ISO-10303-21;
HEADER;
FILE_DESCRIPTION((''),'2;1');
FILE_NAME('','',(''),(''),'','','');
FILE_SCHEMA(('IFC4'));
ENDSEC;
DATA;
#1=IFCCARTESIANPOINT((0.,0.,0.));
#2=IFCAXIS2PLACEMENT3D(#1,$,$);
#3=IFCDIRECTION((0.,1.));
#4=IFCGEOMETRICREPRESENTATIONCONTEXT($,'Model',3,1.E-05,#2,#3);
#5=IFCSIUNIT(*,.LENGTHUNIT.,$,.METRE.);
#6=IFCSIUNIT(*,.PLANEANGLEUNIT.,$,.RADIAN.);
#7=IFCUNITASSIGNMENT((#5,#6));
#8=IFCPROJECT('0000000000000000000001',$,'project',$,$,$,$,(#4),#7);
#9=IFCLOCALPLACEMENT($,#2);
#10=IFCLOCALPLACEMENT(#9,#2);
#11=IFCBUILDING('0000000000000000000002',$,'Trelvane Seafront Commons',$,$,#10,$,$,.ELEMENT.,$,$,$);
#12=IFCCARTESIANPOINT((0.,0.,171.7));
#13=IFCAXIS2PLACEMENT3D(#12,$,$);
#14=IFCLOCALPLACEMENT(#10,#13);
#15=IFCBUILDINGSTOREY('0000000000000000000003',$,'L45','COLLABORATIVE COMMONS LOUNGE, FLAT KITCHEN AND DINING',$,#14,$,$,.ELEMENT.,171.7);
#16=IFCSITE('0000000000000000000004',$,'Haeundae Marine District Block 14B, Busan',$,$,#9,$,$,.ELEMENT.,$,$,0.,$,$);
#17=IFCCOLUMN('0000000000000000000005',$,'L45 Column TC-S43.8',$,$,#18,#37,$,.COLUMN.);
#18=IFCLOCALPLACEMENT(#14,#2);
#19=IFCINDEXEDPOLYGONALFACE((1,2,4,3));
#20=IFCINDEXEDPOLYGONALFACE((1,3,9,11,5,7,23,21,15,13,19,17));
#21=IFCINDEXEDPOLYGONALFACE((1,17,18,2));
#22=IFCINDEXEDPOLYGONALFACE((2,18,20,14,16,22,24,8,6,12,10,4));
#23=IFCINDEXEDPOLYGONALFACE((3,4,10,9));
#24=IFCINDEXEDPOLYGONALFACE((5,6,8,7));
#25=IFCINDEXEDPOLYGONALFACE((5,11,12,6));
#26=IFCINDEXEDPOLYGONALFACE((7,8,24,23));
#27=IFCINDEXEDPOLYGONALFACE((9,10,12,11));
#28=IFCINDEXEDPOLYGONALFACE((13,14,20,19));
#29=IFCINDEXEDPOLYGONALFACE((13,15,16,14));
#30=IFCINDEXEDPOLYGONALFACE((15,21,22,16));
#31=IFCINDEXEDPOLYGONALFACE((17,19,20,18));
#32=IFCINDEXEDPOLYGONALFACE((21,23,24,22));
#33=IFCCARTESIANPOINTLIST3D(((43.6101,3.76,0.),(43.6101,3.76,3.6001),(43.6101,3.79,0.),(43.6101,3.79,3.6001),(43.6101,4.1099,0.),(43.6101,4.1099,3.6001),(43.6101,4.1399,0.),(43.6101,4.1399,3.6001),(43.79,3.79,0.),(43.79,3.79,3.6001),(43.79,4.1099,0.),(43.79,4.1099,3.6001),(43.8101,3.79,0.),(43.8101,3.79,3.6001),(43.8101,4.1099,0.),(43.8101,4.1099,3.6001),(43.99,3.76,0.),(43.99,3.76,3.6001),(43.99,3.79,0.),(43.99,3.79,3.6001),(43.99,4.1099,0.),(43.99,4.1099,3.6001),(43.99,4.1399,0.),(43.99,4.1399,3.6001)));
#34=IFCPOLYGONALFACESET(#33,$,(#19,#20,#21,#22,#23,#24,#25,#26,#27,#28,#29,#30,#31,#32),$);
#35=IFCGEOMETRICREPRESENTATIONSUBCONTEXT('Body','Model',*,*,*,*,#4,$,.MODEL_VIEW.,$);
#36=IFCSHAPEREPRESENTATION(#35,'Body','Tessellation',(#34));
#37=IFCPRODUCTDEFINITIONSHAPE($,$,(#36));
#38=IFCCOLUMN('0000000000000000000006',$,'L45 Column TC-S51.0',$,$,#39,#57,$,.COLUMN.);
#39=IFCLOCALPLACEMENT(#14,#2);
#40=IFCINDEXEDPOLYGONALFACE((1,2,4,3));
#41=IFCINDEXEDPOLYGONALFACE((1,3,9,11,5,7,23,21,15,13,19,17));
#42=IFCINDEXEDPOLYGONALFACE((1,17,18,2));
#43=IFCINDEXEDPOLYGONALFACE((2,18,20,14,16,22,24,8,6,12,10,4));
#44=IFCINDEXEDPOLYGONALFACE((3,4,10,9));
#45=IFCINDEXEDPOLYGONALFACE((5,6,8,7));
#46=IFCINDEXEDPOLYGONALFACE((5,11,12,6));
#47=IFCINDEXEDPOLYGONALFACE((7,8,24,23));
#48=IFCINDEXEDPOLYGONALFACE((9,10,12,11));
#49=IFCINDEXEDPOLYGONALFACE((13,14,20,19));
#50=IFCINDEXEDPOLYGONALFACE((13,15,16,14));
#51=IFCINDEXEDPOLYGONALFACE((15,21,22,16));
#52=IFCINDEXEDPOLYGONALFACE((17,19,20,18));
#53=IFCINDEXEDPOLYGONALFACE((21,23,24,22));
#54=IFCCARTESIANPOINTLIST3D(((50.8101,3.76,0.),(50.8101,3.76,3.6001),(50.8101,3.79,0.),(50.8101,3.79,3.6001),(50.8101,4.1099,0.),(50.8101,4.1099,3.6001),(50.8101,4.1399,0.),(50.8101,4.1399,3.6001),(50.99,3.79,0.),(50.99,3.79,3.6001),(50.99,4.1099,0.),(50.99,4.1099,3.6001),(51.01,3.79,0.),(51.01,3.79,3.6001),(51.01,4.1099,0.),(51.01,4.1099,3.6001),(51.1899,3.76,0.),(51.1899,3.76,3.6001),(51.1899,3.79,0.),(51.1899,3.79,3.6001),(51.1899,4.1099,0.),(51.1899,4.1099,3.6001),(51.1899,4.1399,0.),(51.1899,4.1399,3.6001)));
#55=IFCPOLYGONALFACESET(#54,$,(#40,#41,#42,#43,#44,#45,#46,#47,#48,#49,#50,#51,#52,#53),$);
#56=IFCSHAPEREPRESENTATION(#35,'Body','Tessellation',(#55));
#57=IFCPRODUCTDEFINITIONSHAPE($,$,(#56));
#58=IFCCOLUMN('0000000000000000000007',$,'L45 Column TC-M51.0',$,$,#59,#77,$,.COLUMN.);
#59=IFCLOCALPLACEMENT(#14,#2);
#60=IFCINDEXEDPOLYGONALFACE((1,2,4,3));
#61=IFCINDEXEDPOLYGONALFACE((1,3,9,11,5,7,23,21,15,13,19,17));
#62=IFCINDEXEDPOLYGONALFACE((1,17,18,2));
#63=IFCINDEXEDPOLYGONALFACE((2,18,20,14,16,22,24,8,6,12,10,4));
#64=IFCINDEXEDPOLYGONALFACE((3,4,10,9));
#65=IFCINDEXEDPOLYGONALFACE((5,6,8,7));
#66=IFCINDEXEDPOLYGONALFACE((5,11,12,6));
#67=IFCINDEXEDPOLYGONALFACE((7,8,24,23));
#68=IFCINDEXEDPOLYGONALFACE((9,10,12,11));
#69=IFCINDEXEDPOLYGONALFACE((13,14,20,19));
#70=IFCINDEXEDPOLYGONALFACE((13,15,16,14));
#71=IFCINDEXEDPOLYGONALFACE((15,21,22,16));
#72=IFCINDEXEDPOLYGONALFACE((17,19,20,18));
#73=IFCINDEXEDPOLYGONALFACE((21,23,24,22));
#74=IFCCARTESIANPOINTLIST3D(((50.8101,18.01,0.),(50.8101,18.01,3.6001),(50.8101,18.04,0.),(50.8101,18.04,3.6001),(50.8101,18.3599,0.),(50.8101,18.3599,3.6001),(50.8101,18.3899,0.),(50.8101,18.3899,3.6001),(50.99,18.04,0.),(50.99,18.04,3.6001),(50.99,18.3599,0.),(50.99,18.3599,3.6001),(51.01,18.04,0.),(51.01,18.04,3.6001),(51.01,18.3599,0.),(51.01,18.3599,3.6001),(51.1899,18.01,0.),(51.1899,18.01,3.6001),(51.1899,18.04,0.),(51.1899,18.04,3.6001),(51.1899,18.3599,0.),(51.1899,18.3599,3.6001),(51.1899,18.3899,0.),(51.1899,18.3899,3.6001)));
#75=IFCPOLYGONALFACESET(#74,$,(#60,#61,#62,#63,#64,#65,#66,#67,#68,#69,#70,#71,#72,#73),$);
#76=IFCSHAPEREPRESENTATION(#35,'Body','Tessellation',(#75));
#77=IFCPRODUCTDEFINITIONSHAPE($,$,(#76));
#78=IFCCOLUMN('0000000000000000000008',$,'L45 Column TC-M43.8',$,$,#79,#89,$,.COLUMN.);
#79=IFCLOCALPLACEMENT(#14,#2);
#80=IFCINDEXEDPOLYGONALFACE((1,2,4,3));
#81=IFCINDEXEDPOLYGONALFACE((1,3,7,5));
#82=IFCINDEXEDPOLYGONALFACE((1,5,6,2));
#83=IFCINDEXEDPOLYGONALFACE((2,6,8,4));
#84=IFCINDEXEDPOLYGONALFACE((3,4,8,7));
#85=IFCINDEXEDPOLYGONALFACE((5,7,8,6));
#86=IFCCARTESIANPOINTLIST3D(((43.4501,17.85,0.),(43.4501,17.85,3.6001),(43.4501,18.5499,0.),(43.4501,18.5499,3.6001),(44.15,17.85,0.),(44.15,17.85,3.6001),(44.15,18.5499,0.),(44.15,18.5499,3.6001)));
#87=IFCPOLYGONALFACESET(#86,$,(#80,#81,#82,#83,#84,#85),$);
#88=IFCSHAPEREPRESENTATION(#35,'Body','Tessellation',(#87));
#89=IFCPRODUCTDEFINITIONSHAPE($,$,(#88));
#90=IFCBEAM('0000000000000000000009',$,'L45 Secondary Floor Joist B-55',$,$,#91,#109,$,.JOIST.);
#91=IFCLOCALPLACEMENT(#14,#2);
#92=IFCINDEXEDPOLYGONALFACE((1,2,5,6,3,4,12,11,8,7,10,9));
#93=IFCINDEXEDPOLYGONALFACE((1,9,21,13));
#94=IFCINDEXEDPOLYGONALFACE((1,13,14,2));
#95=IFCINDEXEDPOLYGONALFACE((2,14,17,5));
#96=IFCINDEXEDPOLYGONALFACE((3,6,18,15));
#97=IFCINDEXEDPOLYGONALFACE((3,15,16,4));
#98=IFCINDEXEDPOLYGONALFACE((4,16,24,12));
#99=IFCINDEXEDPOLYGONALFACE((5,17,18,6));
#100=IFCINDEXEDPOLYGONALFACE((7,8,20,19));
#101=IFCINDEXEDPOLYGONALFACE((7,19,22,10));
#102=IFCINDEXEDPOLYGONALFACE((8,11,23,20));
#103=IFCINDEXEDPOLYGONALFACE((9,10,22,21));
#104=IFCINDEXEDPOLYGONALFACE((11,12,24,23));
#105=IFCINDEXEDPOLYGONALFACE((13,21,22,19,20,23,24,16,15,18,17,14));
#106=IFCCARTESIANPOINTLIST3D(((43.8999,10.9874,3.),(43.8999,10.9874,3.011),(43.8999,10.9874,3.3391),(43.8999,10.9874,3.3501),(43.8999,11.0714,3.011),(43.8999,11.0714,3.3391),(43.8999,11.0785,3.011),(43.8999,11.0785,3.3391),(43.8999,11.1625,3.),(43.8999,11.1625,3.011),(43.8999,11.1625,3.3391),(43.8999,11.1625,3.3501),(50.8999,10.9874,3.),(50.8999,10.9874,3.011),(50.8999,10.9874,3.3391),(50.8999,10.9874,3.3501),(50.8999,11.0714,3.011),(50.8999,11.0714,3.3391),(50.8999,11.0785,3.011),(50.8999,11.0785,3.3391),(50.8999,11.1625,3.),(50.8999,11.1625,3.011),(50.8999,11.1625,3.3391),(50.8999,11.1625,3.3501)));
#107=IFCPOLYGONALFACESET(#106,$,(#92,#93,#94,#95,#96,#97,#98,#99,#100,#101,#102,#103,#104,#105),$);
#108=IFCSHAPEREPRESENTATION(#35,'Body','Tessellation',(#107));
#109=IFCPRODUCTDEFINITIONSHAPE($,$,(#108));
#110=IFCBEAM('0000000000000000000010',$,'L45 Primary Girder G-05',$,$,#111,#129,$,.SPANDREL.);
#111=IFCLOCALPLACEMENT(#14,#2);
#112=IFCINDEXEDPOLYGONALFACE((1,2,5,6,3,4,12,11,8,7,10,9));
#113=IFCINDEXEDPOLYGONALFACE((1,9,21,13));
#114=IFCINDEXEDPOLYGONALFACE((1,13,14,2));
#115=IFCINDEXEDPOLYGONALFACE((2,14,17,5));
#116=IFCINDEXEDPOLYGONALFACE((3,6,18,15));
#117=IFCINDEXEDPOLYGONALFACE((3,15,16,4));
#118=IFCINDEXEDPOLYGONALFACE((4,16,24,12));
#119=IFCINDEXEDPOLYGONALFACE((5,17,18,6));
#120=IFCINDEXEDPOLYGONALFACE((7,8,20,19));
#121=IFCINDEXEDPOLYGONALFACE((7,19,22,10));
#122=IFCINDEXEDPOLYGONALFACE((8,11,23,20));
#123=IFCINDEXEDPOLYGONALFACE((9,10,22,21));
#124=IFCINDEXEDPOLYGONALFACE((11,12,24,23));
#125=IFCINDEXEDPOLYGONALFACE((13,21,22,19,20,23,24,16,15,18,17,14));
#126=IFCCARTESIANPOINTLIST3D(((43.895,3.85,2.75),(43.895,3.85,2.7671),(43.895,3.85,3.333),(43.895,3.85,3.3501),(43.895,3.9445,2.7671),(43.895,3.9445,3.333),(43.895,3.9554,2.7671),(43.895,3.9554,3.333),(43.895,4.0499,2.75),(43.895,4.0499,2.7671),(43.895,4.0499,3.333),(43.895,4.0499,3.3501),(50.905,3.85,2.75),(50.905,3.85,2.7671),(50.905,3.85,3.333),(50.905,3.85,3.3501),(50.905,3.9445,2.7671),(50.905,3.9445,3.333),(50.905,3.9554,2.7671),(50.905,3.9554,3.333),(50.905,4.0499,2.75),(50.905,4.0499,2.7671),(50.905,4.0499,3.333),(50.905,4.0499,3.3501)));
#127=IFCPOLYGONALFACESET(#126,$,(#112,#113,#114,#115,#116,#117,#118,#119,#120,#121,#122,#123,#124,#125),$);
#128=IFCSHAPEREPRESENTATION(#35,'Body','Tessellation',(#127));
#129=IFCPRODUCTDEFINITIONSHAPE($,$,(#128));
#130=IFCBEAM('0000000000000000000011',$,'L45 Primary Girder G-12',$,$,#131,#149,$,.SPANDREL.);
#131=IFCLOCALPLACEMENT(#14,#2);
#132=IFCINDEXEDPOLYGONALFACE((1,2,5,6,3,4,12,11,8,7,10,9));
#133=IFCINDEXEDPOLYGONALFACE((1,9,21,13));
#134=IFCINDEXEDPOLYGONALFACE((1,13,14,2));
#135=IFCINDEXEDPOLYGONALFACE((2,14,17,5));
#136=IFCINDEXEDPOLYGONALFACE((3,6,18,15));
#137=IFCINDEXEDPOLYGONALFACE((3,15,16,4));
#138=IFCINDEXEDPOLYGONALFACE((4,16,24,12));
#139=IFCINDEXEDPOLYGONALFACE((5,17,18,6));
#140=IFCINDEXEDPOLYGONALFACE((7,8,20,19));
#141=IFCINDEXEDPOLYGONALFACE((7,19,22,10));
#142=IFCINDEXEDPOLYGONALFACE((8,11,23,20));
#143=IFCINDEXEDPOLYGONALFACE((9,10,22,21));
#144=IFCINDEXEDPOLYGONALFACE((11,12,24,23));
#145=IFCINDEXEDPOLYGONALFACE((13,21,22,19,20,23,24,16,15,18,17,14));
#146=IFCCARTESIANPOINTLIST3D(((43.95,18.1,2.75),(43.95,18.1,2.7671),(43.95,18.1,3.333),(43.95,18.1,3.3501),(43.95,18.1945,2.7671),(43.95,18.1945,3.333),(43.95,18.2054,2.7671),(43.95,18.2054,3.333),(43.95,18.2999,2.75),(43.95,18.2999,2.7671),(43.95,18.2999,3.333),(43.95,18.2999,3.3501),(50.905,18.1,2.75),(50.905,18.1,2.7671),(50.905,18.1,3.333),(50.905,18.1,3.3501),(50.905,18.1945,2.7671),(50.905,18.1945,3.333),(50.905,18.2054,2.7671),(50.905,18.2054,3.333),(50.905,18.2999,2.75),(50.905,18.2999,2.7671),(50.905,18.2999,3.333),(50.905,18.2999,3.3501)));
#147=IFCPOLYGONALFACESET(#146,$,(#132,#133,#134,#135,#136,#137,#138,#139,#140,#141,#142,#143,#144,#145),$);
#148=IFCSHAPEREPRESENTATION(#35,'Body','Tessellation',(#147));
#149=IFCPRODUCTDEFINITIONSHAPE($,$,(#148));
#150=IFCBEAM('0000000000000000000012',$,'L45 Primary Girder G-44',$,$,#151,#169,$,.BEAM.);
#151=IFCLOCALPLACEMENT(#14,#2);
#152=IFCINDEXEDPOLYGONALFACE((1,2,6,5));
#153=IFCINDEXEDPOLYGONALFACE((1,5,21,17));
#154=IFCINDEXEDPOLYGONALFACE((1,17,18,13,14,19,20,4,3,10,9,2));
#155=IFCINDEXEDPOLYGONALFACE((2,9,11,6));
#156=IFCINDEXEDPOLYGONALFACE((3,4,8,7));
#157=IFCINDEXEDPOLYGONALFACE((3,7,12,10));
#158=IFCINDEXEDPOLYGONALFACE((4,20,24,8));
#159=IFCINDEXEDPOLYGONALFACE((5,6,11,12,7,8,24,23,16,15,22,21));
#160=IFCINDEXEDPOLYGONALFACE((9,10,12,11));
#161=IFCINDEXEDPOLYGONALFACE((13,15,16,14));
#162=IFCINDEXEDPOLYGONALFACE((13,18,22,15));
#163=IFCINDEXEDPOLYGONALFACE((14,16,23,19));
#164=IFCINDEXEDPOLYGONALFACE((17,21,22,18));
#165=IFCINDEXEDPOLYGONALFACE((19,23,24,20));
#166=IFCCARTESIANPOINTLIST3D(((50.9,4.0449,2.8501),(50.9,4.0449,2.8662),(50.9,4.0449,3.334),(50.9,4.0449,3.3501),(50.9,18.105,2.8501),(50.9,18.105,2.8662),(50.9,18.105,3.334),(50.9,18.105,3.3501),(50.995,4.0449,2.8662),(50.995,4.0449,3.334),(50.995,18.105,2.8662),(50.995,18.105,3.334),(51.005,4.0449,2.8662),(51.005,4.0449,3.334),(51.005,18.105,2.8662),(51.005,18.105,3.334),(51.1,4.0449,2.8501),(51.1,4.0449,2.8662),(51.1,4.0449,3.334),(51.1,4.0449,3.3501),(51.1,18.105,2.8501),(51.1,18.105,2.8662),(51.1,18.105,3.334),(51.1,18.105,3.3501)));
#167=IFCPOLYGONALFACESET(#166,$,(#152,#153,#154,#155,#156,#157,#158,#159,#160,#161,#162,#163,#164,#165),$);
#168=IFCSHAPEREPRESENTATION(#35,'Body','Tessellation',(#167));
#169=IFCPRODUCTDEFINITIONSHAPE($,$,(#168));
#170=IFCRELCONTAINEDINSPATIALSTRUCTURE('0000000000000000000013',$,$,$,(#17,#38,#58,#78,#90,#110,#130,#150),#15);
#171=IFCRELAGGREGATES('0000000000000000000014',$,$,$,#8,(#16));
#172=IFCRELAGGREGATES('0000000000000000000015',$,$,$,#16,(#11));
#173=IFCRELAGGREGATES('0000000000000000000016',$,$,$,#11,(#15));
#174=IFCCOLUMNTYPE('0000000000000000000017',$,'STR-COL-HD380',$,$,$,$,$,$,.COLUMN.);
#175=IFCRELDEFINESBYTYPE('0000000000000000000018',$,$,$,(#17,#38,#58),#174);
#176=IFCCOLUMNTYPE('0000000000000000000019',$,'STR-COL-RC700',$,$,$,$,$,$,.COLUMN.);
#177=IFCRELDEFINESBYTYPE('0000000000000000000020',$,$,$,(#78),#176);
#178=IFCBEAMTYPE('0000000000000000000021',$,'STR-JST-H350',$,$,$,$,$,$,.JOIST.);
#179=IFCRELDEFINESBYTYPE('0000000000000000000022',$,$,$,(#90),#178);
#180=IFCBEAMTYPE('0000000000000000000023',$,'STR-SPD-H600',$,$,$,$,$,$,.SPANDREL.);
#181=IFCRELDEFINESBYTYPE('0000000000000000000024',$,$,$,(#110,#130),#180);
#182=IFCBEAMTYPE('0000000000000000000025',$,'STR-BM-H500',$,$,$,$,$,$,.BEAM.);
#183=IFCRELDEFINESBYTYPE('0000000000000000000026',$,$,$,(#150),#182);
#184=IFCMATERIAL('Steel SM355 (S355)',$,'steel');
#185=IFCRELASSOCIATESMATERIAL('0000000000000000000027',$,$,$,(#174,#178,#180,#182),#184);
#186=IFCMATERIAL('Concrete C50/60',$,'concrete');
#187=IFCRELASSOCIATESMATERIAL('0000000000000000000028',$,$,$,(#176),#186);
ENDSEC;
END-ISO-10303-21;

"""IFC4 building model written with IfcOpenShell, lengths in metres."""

from ifc_helpers import new_model, si_unit, direction, frame, origin, origin_2d, place, context, subcontext, project, spatial, rectangle, i_section, extrude, source, transform, mapped, material, material_profile, profile_set, type_object, element, save


model = new_model("IFC4")

# Units and contexts
model_context = context("Model", 3, precision=1e-05, world=origin(), true_north=direction((0.0, 1.0)))
body_context = subcontext(model_context, "Body", "Model", "MODEL_VIEW")
ifc_project = project(units=[si_unit("LENGTHUNIT", "METRE"), si_unit("PLANEANGLEUNIT", "RADIAN")], contexts=[model_context])

# Site, building, storey
site_placement = place(None, origin())
site = spatial("IfcSite", under=ifc_project, at=site_placement, Name="Haeundae Marine District Block 14B, Busan", CompositionType="ELEMENT", RefElevation=0.0)
building_placement = place(site_placement, origin())
building = spatial("IfcBuilding", under=site, at=building_placement, Name="Trelvane Seafront Commons", CompositionType="ELEMENT")
storey_placement = place(building_placement, frame((0.0, 0.0, 171.7)))
storey = spatial("IfcBuildingStorey", under=building, at=storey_placement, Name="L45", Description="COLLABORATIVE COMMONS LOUNGE, FLAT KITCHEN AND DINING", CompositionType="ELEMENT", Elevation=171.7)

# Columns
ifc_material_1 = material(Name="Steel SM355 (S355)", Category="steel")
ifc_material_profile_1 = material_profile(ifc_material_1, i_section(OverallWidth=0.3799, OverallDepth=0.3799, WebThickness=0.02, FlangeThickness=0.03, at=origin_2d()), Name="HD-380x380x20x30")
ifc_profile_set_1 = profile_set([ifc_material_profile_1], Name="Steel SM355 (S355)")
column_type_1 = type_object("IfcColumnType", Name="STR-COL-HD380", PredefinedType="COLUMN", material=ifc_profile_set_1)
shared_shape_1 = source(origin(), body_context, "Body", "SweptSolid", [
    extrude(i_section(OverallWidth=0.3799, OverallDepth=0.3799, WebThickness=0.02, FlangeThickness=0.03, at=origin_2d()), origin(), (0.0, 0.0, 1.0), 3.6001),
])
for number, where, z_axis, x_axis, name in (
    (1, (43.8, 3.95, 0.0), (0.0, 0.0, 1.0), (1.0, 0.0, 0.0), "L45 Column TC-S43.8"),
    (2, (51.0, 3.95, 0.0), (0.0, 0.0, 1.0), (1.0, 0.0, 0.0), "L45 Column TC-S51.0"),
    (3, (51.0, 18.2, 0.0), (0.0, 0.0, 1.0), (1.0, 0.0, 0.0), "L45 Column TC-M51.0"),
):
    element("IfcColumn", number, at=place(storey_placement, frame(where, z_axis=z_axis, x_axis=x_axis)), inside=storey, type_object=column_type_1, Name=name, PredefinedType="COLUMN", context=body_context, shape_type="MappedRepresentation", body=[
        mapped(shared_shape_1, transform((0.0, 0.0, 0.0), x_axis=(1.0, 0.0, 0.0), y_axis=(0.0, 1.0, 0.0), z_axis=(0.0, 0.0, 1.0), scale=1.0)),
    ])
ifc_material_2 = material(Name="Concrete C50/60", Category="concrete")
ifc_material_profile_2 = material_profile(ifc_material_2, rectangle(XDim=0.7, YDim=0.7, at=origin_2d()), Name="RC-700x700")
ifc_profile_set_2 = profile_set([ifc_material_profile_2], Name="Concrete C50/60")
column_type_2 = type_object("IfcColumnType", Name="STR-COL-RC700", PredefinedType="COLUMN", material=ifc_profile_set_2)
shared_shape_2 = source(origin(), body_context, "Body", "SweptSolid", [
    extrude(rectangle(XDim=0.7, YDim=0.7, at=origin_2d()), origin(), (0.0, 0.0, 1.0), 3.6001),
])
column_placement = place(storey_placement, frame((43.8, 18.2, 0.0), z_axis=(0.0, 0.0, 1.0), x_axis=(1.0, 0.0, 0.0)))
element("IfcColumn", 4, at=column_placement, inside=storey, type_object=column_type_2, Name="L45 Column TC-M43.8", PredefinedType="COLUMN", context=body_context, shape_type="MappedRepresentation", body=[
    mapped(shared_shape_2, transform((0.0, 0.0, 0.0), x_axis=(1.0, 0.0, 0.0), y_axis=(0.0, 1.0, 0.0), z_axis=(0.0, 0.0, 1.0), scale=1.0)),
])

# Beams
ifc_material_profile_3 = material_profile(ifc_material_1, i_section(OverallWidth=0.175, OverallDepth=0.3501, WebThickness=0.0071, FlangeThickness=0.011, at=origin_2d()), Name="H-350x175x7x11")
ifc_profile_set_3 = profile_set([ifc_material_profile_3], Name="Steel SM355 (S355)")
beam_type_1 = type_object("IfcBeamType", Name="STR-JST-H350", PredefinedType="JOIST", material=ifc_profile_set_3)
shared_shape_3 = source(origin(), body_context, "Body", "SweptSolid", [
    extrude(i_section(OverallWidth=0.175, OverallDepth=0.3501, WebThickness=0.0071, FlangeThickness=0.011, at=origin_2d()), origin(), (0.0, 0.0, 1.0), 7.0),
])
beam_1_placement = place(storey_placement, frame((43.8999, 11.075, 3.175), z_axis=(1.0, 0.0, 0.0), x_axis=(0.0, 1.0, 0.0)))
element("IfcBeam", 5, at=beam_1_placement, inside=storey, type_object=beam_type_1, Name="L45 Secondary Floor Joist B-55", PredefinedType="JOIST", context=body_context, shape_type="MappedRepresentation", body=[
    mapped(shared_shape_3, transform((0.0, 0.0, 0.0), x_axis=(1.0, 0.0, 0.0), y_axis=(0.0, 1.0, 0.0), z_axis=(0.0, 0.0, 1.0), scale=1.0)),
])
ifc_material_profile_4 = material_profile(ifc_material_1, i_section(OverallWidth=0.2, OverallDepth=0.6001, WebThickness=0.011, FlangeThickness=0.0171, at=origin_2d()), Name="H-600x200x11x17")
ifc_profile_set_4 = profile_set([ifc_material_profile_4], Name="Steel SM355 (S355)")
beam_type_2 = type_object("IfcBeamType", Name="STR-SPD-H600", PredefinedType="SPANDREL", material=ifc_profile_set_4)
shared_shape_4 = source(origin(), body_context, "Body", "SweptSolid", [
    extrude(i_section(OverallWidth=0.2, OverallDepth=0.6001, WebThickness=0.011, FlangeThickness=0.0171, at=origin_2d()), origin(), (0.0, 0.0, 1.0), 7.01),
])
beam_2_placement = place(storey_placement, frame((43.895, 3.95, 3.05), z_axis=(1.0, 0.0, 0.0), x_axis=(0.0, 1.0, 0.0)))
element("IfcBeam", 6, at=beam_2_placement, inside=storey, type_object=beam_type_2, Name="L45 Primary Girder G-05", PredefinedType="SPANDREL", context=body_context, shape_type="MappedRepresentation", body=[
    mapped(shared_shape_4, transform((0.0, 0.0, 0.0), x_axis=(1.0, 0.0, 0.0), y_axis=(0.0, 1.0, 0.0), z_axis=(0.0, 0.0, 1.0), scale=1.0)),
])
shared_shape_5 = source(origin(), body_context, "Body", "SweptSolid", [
    extrude(i_section(OverallWidth=0.2, OverallDepth=0.6001, WebThickness=0.011, FlangeThickness=0.0171, at=origin_2d()), origin(), (0.0, 0.0, 1.0), 6.9551),
])
beam_3_placement = place(storey_placement, frame((43.95, 18.2, 3.05), z_axis=(1.0, 0.0, 0.0), x_axis=(0.0, 1.0, 0.0)))
element("IfcBeam", 7, at=beam_3_placement, inside=storey, type_object=beam_type_2, Name="L45 Primary Girder G-12", PredefinedType="SPANDREL", context=body_context, shape_type="MappedRepresentation", body=[
    mapped(shared_shape_5, transform((0.0, 0.0, 0.0), x_axis=(1.0, 0.0, 0.0), y_axis=(0.0, 1.0, 0.0), z_axis=(0.0, 0.0, 1.0), scale=1.0)),
])
ifc_material_profile_5 = material_profile(ifc_material_1, i_section(OverallWidth=0.2, OverallDepth=0.5, WebThickness=0.01, FlangeThickness=0.0161, at=origin_2d()), Name="H-500x200x10x16")
ifc_profile_set_5 = profile_set([ifc_material_profile_5], Name="Steel SM355 (S355)")
beam_type_3 = type_object("IfcBeamType", Name="STR-BM-H500", PredefinedType="BEAM", material=ifc_profile_set_5)
shared_shape_6 = source(origin(), body_context, "Body", "SweptSolid", [
    extrude(i_section(OverallWidth=0.2, OverallDepth=0.5, WebThickness=0.01, FlangeThickness=0.0161, at=origin_2d()), origin(), (0.0, 0.0, 1.0), 14.0601),
])
beam_4_placement = place(storey_placement, frame((51.0, 4.0449, 3.1001), z_axis=(0.0, 1.0, 0.0), x_axis=(-1.0, 0.0, 0.0)))
element("IfcBeam", 8, at=beam_4_placement, inside=storey, type_object=beam_type_3, Name="L45 Primary Girder G-44", PredefinedType="BEAM", context=body_context, shape_type="MappedRepresentation", body=[
    mapped(shared_shape_6, transform((0.0, 0.0, 0.0), x_axis=(1.0, 0.0, 0.0), y_axis=(0.0, 1.0, 0.0), z_axis=(0.0, 0.0, 1.0), scale=1.0)),
])

save(model, "model.ifc")
